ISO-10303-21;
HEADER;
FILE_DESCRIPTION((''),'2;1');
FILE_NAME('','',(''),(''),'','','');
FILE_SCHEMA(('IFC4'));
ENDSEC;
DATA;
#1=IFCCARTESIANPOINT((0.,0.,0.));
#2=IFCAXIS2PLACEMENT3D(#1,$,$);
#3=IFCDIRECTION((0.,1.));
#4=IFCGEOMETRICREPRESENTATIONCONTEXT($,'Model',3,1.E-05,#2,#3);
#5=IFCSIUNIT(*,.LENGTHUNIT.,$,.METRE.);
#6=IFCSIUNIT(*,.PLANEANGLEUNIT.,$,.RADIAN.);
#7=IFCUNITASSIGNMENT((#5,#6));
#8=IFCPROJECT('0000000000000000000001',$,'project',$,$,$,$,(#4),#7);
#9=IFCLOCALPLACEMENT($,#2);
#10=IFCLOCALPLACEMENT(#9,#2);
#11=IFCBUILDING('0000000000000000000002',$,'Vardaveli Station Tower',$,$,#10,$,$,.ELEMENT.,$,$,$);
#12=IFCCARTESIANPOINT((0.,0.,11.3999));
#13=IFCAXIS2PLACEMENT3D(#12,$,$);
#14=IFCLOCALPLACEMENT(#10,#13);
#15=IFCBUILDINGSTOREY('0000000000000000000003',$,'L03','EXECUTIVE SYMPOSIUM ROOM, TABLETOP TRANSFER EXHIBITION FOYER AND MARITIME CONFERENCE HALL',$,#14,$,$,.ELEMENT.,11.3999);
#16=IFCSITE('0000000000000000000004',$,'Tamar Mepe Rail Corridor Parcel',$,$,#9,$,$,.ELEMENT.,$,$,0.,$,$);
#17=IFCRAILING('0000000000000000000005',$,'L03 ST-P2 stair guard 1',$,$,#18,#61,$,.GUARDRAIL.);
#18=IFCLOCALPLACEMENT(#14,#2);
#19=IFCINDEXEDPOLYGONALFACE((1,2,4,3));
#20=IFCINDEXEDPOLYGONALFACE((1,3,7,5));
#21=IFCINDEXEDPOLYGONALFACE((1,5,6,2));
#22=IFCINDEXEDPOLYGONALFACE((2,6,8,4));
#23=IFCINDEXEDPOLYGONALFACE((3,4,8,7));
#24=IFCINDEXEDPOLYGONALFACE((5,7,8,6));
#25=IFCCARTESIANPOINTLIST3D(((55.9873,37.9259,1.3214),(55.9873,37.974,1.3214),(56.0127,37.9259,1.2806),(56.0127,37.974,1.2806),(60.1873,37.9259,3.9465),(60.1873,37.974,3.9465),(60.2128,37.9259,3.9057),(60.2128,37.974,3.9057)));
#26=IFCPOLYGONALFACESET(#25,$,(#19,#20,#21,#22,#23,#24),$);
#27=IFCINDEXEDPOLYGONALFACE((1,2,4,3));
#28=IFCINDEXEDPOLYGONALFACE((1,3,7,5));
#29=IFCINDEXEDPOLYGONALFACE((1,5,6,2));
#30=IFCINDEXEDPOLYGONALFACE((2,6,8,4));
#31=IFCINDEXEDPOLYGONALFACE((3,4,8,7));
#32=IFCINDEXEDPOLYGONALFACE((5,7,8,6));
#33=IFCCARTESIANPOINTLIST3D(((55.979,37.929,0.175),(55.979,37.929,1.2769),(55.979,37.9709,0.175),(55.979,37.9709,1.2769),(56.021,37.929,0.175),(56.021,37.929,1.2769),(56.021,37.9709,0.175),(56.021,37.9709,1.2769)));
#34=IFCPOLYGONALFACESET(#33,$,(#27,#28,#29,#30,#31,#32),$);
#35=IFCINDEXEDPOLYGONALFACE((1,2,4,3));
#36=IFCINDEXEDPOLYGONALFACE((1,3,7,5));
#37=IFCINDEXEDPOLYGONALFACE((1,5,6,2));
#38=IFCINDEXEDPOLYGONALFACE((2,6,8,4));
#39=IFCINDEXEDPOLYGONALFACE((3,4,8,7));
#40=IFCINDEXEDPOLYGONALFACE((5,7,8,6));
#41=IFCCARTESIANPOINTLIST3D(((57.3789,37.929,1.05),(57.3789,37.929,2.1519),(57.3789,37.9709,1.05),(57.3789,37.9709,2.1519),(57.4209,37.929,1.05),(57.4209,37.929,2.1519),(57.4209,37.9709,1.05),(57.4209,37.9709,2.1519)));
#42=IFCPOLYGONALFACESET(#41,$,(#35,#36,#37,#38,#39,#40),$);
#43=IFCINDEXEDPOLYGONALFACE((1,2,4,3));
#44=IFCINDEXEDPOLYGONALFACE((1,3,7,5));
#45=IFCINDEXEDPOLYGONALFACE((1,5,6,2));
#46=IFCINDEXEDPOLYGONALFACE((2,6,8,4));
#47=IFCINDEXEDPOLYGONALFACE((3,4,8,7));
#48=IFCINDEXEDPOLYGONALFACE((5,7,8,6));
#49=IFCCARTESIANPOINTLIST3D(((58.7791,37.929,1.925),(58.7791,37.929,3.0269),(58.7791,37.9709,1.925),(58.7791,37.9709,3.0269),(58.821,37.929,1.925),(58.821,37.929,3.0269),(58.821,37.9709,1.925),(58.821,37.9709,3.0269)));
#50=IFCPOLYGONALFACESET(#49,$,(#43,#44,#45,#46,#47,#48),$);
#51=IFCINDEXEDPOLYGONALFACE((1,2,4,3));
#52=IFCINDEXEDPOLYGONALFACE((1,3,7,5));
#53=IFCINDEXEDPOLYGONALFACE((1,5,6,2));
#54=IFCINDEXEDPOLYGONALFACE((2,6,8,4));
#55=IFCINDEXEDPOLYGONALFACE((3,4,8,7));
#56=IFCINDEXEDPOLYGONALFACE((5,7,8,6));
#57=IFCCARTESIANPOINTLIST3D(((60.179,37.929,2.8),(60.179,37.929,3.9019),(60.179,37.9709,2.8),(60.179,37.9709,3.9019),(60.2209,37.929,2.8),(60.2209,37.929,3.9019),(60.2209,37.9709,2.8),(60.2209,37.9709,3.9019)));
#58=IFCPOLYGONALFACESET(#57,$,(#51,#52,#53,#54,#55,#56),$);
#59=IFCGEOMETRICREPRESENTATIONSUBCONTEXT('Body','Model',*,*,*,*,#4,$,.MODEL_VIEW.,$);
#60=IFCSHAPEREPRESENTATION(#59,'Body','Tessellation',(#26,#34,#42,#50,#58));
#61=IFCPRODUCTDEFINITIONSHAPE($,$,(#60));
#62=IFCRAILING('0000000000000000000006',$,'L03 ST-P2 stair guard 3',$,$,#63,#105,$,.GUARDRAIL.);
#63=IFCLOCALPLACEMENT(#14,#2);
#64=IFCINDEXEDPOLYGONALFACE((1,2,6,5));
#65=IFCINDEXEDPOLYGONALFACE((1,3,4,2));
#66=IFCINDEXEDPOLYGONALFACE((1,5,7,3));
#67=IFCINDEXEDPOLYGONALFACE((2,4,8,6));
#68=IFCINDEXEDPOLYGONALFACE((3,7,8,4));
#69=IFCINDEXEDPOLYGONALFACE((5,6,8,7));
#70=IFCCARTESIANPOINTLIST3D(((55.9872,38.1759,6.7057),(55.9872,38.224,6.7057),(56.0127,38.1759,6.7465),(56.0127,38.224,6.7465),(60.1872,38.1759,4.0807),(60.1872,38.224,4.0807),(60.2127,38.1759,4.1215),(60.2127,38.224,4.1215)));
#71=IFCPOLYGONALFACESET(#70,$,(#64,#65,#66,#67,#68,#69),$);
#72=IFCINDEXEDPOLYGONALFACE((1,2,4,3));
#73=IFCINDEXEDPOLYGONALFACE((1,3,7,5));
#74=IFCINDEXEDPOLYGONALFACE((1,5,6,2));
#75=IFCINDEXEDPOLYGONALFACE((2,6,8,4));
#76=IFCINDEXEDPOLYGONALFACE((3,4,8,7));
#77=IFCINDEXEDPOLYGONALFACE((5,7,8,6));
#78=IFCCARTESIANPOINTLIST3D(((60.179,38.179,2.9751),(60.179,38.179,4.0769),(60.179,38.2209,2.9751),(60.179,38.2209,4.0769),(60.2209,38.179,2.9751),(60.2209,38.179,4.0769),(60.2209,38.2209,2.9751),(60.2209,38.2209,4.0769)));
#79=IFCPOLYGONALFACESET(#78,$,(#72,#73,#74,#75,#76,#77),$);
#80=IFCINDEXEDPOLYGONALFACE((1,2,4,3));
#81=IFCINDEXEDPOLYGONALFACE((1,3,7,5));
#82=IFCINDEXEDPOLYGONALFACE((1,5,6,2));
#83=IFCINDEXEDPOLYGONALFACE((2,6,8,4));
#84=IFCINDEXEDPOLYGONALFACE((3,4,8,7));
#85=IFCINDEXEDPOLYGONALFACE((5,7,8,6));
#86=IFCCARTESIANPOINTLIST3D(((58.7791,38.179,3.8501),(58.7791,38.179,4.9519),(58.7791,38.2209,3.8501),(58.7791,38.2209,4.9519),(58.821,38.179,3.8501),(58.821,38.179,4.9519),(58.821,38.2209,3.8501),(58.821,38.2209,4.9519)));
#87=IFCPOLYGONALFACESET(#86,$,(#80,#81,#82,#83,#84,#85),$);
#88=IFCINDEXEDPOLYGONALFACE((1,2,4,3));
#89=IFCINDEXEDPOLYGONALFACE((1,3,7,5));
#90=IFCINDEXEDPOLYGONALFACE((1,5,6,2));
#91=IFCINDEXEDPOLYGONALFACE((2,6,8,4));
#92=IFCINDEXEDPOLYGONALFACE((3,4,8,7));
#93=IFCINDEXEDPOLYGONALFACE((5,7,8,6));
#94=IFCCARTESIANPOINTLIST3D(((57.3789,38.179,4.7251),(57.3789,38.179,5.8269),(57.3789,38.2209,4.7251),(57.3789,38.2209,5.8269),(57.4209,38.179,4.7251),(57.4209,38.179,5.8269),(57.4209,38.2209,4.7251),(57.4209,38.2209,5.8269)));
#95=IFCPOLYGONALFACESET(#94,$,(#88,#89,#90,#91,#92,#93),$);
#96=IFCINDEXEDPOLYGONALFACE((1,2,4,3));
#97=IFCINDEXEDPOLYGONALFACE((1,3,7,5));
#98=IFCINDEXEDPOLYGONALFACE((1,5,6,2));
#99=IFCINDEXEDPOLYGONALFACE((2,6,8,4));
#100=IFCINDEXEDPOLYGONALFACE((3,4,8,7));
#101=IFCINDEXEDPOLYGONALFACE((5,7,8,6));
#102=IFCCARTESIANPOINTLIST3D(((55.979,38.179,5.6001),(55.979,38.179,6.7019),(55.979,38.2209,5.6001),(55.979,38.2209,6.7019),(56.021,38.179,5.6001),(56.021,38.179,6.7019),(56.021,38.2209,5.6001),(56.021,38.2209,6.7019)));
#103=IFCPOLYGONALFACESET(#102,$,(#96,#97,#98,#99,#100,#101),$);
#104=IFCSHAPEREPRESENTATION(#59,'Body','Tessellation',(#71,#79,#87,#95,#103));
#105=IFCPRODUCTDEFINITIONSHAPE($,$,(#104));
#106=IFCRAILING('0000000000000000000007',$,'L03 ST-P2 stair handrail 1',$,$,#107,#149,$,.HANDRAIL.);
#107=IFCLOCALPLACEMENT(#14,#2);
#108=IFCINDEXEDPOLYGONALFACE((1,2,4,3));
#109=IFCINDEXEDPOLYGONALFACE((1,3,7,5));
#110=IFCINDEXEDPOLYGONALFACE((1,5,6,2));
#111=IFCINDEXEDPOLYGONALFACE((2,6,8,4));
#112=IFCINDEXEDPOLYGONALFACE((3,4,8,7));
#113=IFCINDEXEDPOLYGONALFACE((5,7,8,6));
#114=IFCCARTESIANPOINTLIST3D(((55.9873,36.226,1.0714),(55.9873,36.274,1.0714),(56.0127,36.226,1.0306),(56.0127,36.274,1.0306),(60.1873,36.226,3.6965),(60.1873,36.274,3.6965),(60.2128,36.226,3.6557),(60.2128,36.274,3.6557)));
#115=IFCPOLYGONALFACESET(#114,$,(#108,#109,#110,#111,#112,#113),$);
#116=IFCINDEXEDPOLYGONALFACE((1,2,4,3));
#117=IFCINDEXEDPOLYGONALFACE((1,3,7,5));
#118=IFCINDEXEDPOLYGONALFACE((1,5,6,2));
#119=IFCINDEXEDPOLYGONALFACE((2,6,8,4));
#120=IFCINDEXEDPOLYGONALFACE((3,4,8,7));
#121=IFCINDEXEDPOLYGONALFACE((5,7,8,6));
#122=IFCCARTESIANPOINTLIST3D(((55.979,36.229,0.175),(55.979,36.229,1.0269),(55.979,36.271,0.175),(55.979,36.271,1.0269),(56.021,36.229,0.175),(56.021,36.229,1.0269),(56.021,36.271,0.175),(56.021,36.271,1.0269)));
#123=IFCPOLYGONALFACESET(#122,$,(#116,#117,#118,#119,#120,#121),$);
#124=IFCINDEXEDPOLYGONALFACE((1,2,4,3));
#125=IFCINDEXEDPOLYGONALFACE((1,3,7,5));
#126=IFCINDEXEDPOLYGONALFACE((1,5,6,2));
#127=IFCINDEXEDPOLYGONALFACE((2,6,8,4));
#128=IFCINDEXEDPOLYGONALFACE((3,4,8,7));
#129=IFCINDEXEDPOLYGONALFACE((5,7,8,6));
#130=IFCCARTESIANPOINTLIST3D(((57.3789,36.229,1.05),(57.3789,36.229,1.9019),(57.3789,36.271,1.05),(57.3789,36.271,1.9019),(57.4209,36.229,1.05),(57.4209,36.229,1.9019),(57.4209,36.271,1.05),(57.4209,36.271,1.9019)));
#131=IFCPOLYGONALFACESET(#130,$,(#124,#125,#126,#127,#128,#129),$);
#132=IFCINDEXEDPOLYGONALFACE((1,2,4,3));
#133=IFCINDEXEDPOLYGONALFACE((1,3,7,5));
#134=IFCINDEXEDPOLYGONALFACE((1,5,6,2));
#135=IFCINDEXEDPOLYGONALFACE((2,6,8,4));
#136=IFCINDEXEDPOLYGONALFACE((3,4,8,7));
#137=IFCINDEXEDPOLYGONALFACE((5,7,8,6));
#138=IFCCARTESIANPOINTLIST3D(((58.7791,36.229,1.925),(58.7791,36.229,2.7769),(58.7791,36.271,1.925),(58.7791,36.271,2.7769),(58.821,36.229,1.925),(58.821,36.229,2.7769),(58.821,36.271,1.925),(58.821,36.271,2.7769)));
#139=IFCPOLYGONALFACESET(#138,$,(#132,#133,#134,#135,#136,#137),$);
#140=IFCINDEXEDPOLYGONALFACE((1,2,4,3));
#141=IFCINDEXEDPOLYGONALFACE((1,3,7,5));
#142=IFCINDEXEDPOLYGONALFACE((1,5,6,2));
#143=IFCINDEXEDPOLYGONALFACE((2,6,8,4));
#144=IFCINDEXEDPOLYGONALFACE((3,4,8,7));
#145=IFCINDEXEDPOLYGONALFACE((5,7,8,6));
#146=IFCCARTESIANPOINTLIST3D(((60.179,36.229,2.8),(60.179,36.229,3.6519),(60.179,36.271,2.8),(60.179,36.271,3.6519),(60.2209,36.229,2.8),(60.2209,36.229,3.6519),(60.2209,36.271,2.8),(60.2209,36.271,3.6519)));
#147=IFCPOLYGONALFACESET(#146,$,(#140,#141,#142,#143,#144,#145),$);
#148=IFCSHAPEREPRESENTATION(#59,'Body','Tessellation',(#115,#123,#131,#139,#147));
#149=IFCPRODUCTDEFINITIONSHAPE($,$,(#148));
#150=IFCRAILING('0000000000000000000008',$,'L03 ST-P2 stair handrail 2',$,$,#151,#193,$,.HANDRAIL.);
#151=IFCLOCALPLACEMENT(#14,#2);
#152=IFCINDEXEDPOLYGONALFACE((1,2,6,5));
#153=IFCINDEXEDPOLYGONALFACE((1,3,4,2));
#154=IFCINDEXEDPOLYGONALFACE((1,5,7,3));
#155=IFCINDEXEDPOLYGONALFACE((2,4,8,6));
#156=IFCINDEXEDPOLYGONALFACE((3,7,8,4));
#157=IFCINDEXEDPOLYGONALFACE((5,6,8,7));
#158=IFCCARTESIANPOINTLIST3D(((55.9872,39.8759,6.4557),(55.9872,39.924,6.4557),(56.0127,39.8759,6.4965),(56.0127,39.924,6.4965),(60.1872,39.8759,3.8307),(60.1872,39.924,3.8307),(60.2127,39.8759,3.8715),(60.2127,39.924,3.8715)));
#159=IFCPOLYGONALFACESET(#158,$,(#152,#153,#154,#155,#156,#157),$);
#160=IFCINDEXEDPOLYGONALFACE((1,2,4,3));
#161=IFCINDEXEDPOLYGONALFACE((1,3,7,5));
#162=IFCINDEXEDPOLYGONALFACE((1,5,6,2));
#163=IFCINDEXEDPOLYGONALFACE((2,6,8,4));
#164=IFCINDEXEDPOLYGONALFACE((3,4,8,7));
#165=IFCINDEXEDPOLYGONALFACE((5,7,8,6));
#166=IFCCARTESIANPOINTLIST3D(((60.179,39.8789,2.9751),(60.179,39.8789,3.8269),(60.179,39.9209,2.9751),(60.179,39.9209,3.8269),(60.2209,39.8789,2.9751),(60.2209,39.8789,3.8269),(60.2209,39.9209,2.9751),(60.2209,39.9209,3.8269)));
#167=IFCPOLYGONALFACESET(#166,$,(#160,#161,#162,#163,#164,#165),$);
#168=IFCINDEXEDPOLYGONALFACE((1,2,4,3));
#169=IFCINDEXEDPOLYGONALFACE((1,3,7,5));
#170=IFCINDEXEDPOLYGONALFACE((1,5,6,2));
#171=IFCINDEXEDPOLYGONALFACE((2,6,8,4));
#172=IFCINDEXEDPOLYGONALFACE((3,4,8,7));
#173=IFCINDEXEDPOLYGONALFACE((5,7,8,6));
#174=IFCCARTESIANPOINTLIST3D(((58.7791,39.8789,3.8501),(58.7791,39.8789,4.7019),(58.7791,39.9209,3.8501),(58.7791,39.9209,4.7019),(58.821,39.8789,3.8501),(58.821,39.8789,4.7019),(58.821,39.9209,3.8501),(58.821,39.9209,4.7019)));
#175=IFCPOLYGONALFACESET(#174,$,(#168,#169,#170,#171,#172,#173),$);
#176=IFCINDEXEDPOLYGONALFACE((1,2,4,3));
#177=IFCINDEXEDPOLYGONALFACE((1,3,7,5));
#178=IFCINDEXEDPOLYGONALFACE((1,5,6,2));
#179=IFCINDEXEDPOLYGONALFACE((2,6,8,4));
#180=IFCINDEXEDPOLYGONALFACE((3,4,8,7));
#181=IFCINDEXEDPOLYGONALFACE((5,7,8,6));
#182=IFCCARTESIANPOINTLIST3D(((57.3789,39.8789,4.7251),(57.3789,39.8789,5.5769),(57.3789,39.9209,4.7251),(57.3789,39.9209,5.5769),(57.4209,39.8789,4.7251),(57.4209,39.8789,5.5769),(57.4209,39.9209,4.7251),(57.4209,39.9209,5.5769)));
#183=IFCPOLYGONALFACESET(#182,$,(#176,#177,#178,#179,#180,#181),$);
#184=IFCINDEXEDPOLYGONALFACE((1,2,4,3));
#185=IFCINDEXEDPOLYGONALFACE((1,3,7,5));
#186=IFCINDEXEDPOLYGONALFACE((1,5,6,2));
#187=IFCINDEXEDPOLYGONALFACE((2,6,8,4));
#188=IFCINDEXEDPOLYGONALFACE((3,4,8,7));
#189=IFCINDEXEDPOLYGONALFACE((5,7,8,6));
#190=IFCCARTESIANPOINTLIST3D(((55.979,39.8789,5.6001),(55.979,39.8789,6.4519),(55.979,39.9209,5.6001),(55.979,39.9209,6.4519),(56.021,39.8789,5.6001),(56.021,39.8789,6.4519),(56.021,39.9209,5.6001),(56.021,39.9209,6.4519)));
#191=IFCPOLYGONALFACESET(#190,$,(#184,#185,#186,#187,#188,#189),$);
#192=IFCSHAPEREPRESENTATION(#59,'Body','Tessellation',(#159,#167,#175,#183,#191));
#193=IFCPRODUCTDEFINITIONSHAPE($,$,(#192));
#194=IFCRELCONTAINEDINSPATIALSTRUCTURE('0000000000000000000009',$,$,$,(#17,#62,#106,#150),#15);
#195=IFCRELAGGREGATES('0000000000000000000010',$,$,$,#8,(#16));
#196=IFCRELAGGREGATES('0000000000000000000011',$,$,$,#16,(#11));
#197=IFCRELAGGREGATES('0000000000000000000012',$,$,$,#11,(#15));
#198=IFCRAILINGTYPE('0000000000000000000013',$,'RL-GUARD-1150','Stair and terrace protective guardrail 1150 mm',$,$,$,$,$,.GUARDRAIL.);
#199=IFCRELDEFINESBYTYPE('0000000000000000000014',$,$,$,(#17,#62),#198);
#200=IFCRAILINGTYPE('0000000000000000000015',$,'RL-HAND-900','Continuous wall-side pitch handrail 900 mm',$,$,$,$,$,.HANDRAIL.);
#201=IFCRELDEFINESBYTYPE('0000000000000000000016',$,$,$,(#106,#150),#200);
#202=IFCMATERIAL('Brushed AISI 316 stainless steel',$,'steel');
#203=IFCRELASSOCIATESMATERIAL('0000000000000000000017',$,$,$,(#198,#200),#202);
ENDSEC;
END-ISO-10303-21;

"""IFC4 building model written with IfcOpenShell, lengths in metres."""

from ifc_helpers import new_model, si_unit, direction, frame, origin, origin_2d, place, context, subcontext, project, spatial, rectangle, extrude, source, transform, mapped, material, type_object, element, save


model = new_model("IFC4")

# Units and contexts
model_context = context("Model", 3, precision=1e-05, world=origin(), true_north=direction((0.0, 1.0)))
body_context = subcontext(model_context, "Body", "Model", "MODEL_VIEW")
ifc_project = project(units=[si_unit("LENGTHUNIT", "METRE"), si_unit("PLANEANGLEUNIT", "RADIAN")], contexts=[model_context])

# Site, building, storey
site_placement = place(None, origin())
site = spatial("IfcSite", under=ifc_project, at=site_placement, Name="Tamar Mepe Rail Corridor Parcel", CompositionType="ELEMENT", RefElevation=0.0)
building_placement = place(site_placement, origin())
building = spatial("IfcBuilding", under=site, at=building_placement, Name="Vardaveli Station Tower", CompositionType="ELEMENT")
storey_placement = place(building_placement, frame((0.0, 0.0, 11.3999)))
storey = spatial("IfcBuildingStorey", under=building, at=storey_placement, Name="L03", Description="EXECUTIVE SYMPOSIUM ROOM, TABLETOP TRANSFER EXHIBITION FOYER AND MARITIME CONFERENCE HALL", CompositionType="ELEMENT", Elevation=11.3999)

# Railings
ifc_material_1 = material(Name="Brushed AISI 316 stainless steel", Category="steel")
railing_type_1 = type_object("IfcRailingType", Name="RL-GUARD-1150", Description="Stair and terrace protective guardrail 1150 mm", PredefinedType="GUARDRAIL", material=ifc_material_1)
shared_shape_1 = source(origin(), body_context, "Body", "SweptSolid", [
    extrude(rectangle(XDim=0.0481, YDim=0.0481, at=origin_2d()), frame((0.0, 0.0, 1.126), z_axis=(0.847996, 0.0, 0.530003), x_axis=(0.0, 1.0, 0.0)), (0.0, 0.0, 1.0), 4.9529),
    extrude(rectangle(XDim=0.042, YDim=0.042, at=origin_2d()), origin(), (0.0, 0.0, 1.0), 1.1018),
    extrude(rectangle(XDim=0.042, YDim=0.042, at=origin_2d()), frame((1.3999, 0.0, 0.875)), (0.0, 0.0, 1.0), 1.1018),
    extrude(rectangle(XDim=0.042, YDim=0.042, at=origin_2d()), frame((2.8, 0.0, 1.75)), (0.0, 0.0, 1.0), 1.1018),
    extrude(rectangle(XDim=0.042, YDim=0.042, at=origin_2d()), frame((4.2, 0.0, 2.625)), (0.0, 0.0, 1.0), 1.1018),
])
railing_1_placement = place(storey_placement, frame((56.0, 37.95, 0.175)))
element("IfcRailing", 1, at=railing_1_placement, inside=storey, type_object=railing_type_1, Name="L03 ST-P2 stair guard 1", PredefinedType="GUARDRAIL", context=body_context, shape_type="MappedRepresentation", body=[
    mapped(shared_shape_1, transform((0.0, 0.0, 0.0), scale=1.0)),
])
shared_shape_2 = source(origin(), body_context, "Body", "SweptSolid", [
    extrude(rectangle(XDim=0.0481, YDim=0.0481, at=origin_2d()), frame((0.0, 0.0, 1.126), z_axis=(-0.847996, 0.0, 0.530003), x_axis=(0.0, -1.0, 0.0)), (0.0, 0.0, 1.0), 4.9529),
    extrude(rectangle(XDim=0.042, YDim=0.042, at=origin_2d()), origin(), (0.0, 0.0, 1.0), 1.1018),
    extrude(rectangle(XDim=0.042, YDim=0.042, at=origin_2d()), frame((-1.3999, 0.0, 0.875)), (0.0, 0.0, 1.0), 1.1018),
    extrude(rectangle(XDim=0.042, YDim=0.042, at=origin_2d()), frame((-2.8, 0.0, 1.75)), (0.0, 0.0, 1.0), 1.1018),
    extrude(rectangle(XDim=0.042, YDim=0.042, at=origin_2d()), frame((-4.2, 0.0, 2.625)), (0.0, 0.0, 1.0), 1.1018),
])
railing_2_placement = place(storey_placement, frame((60.2, 38.2, 2.9751)))
element("IfcRailing", 2, at=railing_2_placement, inside=storey, type_object=railing_type_1, Name="L03 ST-P2 stair guard 3", PredefinedType="GUARDRAIL", context=body_context, shape_type="MappedRepresentation", body=[
    mapped(shared_shape_2, transform((0.0, 0.0, 0.0), scale=1.0)),
])
railing_type_2 = type_object("IfcRailingType", Name="RL-HAND-900", Description="Continuous wall-side pitch handrail 900 mm", PredefinedType="HANDRAIL", material=ifc_material_1)
shared_shape_3 = source(origin(), body_context, "Body", "SweptSolid", [
    extrude(rectangle(XDim=0.0481, YDim=0.0481, at=origin_2d()), frame((0.0, 0.0, 0.876), z_axis=(0.847996, 0.0, 0.530003), x_axis=(0.0, 1.0, 0.0)), (0.0, 0.0, 1.0), 4.9529),
    extrude(rectangle(XDim=0.042, YDim=0.042, at=origin_2d()), origin(), (0.0, 0.0, 1.0), 0.8518),
    extrude(rectangle(XDim=0.042, YDim=0.042, at=origin_2d()), frame((1.3999, 0.0, 0.875)), (0.0, 0.0, 1.0), 0.8518),
    extrude(rectangle(XDim=0.042, YDim=0.042, at=origin_2d()), frame((2.8, 0.0, 1.75)), (0.0, 0.0, 1.0), 0.8518),
    extrude(rectangle(XDim=0.042, YDim=0.042, at=origin_2d()), frame((4.2, 0.0, 2.625)), (0.0, 0.0, 1.0), 0.8518),
])
railing_3_placement = place(storey_placement, frame((56.0, 36.25, 0.175)))
element("IfcRailing", 3, at=railing_3_placement, inside=storey, type_object=railing_type_2, Name="L03 ST-P2 stair handrail 1", PredefinedType="HANDRAIL", context=body_context, shape_type="MappedRepresentation", body=[
    mapped(shared_shape_3, transform((0.0, 0.0, 0.0), scale=1.0)),
])
shared_shape_4 = source(origin(), body_context, "Body", "SweptSolid", [
    extrude(rectangle(XDim=0.0481, YDim=0.0481, at=origin_2d()), frame((0.0, 0.0, 0.876), z_axis=(-0.847996, 0.0, 0.530003), x_axis=(0.0, -1.0, 0.0)), (0.0, 0.0, 1.0), 4.9529),
    extrude(rectangle(XDim=0.042, YDim=0.042, at=origin_2d()), origin(), (0.0, 0.0, 1.0), 0.8518),
    extrude(rectangle(XDim=0.042, YDim=0.042, at=origin_2d()), frame((-1.3999, 0.0, 0.875)), (0.0, 0.0, 1.0), 0.8518),
    extrude(rectangle(XDim=0.042, YDim=0.042, at=origin_2d()), frame((-2.8, 0.0, 1.75)), (0.0, 0.0, 1.0), 0.8518),
    extrude(rectangle(XDim=0.042, YDim=0.042, at=origin_2d()), frame((-4.2, 0.0, 2.625)), (0.0, 0.0, 1.0), 0.8518),
])
railing_4_placement = place(storey_placement, frame((60.2, 39.8999, 2.9751)))
element("IfcRailing", 4, at=railing_4_placement, inside=storey, type_object=railing_type_2, Name="L03 ST-P2 stair handrail 2", PredefinedType="HANDRAIL", context=body_context, shape_type="MappedRepresentation", body=[
    mapped(shared_shape_4, transform((0.0, 0.0, 0.0), scale=1.0)),
])

save(model, "model.ifc")
